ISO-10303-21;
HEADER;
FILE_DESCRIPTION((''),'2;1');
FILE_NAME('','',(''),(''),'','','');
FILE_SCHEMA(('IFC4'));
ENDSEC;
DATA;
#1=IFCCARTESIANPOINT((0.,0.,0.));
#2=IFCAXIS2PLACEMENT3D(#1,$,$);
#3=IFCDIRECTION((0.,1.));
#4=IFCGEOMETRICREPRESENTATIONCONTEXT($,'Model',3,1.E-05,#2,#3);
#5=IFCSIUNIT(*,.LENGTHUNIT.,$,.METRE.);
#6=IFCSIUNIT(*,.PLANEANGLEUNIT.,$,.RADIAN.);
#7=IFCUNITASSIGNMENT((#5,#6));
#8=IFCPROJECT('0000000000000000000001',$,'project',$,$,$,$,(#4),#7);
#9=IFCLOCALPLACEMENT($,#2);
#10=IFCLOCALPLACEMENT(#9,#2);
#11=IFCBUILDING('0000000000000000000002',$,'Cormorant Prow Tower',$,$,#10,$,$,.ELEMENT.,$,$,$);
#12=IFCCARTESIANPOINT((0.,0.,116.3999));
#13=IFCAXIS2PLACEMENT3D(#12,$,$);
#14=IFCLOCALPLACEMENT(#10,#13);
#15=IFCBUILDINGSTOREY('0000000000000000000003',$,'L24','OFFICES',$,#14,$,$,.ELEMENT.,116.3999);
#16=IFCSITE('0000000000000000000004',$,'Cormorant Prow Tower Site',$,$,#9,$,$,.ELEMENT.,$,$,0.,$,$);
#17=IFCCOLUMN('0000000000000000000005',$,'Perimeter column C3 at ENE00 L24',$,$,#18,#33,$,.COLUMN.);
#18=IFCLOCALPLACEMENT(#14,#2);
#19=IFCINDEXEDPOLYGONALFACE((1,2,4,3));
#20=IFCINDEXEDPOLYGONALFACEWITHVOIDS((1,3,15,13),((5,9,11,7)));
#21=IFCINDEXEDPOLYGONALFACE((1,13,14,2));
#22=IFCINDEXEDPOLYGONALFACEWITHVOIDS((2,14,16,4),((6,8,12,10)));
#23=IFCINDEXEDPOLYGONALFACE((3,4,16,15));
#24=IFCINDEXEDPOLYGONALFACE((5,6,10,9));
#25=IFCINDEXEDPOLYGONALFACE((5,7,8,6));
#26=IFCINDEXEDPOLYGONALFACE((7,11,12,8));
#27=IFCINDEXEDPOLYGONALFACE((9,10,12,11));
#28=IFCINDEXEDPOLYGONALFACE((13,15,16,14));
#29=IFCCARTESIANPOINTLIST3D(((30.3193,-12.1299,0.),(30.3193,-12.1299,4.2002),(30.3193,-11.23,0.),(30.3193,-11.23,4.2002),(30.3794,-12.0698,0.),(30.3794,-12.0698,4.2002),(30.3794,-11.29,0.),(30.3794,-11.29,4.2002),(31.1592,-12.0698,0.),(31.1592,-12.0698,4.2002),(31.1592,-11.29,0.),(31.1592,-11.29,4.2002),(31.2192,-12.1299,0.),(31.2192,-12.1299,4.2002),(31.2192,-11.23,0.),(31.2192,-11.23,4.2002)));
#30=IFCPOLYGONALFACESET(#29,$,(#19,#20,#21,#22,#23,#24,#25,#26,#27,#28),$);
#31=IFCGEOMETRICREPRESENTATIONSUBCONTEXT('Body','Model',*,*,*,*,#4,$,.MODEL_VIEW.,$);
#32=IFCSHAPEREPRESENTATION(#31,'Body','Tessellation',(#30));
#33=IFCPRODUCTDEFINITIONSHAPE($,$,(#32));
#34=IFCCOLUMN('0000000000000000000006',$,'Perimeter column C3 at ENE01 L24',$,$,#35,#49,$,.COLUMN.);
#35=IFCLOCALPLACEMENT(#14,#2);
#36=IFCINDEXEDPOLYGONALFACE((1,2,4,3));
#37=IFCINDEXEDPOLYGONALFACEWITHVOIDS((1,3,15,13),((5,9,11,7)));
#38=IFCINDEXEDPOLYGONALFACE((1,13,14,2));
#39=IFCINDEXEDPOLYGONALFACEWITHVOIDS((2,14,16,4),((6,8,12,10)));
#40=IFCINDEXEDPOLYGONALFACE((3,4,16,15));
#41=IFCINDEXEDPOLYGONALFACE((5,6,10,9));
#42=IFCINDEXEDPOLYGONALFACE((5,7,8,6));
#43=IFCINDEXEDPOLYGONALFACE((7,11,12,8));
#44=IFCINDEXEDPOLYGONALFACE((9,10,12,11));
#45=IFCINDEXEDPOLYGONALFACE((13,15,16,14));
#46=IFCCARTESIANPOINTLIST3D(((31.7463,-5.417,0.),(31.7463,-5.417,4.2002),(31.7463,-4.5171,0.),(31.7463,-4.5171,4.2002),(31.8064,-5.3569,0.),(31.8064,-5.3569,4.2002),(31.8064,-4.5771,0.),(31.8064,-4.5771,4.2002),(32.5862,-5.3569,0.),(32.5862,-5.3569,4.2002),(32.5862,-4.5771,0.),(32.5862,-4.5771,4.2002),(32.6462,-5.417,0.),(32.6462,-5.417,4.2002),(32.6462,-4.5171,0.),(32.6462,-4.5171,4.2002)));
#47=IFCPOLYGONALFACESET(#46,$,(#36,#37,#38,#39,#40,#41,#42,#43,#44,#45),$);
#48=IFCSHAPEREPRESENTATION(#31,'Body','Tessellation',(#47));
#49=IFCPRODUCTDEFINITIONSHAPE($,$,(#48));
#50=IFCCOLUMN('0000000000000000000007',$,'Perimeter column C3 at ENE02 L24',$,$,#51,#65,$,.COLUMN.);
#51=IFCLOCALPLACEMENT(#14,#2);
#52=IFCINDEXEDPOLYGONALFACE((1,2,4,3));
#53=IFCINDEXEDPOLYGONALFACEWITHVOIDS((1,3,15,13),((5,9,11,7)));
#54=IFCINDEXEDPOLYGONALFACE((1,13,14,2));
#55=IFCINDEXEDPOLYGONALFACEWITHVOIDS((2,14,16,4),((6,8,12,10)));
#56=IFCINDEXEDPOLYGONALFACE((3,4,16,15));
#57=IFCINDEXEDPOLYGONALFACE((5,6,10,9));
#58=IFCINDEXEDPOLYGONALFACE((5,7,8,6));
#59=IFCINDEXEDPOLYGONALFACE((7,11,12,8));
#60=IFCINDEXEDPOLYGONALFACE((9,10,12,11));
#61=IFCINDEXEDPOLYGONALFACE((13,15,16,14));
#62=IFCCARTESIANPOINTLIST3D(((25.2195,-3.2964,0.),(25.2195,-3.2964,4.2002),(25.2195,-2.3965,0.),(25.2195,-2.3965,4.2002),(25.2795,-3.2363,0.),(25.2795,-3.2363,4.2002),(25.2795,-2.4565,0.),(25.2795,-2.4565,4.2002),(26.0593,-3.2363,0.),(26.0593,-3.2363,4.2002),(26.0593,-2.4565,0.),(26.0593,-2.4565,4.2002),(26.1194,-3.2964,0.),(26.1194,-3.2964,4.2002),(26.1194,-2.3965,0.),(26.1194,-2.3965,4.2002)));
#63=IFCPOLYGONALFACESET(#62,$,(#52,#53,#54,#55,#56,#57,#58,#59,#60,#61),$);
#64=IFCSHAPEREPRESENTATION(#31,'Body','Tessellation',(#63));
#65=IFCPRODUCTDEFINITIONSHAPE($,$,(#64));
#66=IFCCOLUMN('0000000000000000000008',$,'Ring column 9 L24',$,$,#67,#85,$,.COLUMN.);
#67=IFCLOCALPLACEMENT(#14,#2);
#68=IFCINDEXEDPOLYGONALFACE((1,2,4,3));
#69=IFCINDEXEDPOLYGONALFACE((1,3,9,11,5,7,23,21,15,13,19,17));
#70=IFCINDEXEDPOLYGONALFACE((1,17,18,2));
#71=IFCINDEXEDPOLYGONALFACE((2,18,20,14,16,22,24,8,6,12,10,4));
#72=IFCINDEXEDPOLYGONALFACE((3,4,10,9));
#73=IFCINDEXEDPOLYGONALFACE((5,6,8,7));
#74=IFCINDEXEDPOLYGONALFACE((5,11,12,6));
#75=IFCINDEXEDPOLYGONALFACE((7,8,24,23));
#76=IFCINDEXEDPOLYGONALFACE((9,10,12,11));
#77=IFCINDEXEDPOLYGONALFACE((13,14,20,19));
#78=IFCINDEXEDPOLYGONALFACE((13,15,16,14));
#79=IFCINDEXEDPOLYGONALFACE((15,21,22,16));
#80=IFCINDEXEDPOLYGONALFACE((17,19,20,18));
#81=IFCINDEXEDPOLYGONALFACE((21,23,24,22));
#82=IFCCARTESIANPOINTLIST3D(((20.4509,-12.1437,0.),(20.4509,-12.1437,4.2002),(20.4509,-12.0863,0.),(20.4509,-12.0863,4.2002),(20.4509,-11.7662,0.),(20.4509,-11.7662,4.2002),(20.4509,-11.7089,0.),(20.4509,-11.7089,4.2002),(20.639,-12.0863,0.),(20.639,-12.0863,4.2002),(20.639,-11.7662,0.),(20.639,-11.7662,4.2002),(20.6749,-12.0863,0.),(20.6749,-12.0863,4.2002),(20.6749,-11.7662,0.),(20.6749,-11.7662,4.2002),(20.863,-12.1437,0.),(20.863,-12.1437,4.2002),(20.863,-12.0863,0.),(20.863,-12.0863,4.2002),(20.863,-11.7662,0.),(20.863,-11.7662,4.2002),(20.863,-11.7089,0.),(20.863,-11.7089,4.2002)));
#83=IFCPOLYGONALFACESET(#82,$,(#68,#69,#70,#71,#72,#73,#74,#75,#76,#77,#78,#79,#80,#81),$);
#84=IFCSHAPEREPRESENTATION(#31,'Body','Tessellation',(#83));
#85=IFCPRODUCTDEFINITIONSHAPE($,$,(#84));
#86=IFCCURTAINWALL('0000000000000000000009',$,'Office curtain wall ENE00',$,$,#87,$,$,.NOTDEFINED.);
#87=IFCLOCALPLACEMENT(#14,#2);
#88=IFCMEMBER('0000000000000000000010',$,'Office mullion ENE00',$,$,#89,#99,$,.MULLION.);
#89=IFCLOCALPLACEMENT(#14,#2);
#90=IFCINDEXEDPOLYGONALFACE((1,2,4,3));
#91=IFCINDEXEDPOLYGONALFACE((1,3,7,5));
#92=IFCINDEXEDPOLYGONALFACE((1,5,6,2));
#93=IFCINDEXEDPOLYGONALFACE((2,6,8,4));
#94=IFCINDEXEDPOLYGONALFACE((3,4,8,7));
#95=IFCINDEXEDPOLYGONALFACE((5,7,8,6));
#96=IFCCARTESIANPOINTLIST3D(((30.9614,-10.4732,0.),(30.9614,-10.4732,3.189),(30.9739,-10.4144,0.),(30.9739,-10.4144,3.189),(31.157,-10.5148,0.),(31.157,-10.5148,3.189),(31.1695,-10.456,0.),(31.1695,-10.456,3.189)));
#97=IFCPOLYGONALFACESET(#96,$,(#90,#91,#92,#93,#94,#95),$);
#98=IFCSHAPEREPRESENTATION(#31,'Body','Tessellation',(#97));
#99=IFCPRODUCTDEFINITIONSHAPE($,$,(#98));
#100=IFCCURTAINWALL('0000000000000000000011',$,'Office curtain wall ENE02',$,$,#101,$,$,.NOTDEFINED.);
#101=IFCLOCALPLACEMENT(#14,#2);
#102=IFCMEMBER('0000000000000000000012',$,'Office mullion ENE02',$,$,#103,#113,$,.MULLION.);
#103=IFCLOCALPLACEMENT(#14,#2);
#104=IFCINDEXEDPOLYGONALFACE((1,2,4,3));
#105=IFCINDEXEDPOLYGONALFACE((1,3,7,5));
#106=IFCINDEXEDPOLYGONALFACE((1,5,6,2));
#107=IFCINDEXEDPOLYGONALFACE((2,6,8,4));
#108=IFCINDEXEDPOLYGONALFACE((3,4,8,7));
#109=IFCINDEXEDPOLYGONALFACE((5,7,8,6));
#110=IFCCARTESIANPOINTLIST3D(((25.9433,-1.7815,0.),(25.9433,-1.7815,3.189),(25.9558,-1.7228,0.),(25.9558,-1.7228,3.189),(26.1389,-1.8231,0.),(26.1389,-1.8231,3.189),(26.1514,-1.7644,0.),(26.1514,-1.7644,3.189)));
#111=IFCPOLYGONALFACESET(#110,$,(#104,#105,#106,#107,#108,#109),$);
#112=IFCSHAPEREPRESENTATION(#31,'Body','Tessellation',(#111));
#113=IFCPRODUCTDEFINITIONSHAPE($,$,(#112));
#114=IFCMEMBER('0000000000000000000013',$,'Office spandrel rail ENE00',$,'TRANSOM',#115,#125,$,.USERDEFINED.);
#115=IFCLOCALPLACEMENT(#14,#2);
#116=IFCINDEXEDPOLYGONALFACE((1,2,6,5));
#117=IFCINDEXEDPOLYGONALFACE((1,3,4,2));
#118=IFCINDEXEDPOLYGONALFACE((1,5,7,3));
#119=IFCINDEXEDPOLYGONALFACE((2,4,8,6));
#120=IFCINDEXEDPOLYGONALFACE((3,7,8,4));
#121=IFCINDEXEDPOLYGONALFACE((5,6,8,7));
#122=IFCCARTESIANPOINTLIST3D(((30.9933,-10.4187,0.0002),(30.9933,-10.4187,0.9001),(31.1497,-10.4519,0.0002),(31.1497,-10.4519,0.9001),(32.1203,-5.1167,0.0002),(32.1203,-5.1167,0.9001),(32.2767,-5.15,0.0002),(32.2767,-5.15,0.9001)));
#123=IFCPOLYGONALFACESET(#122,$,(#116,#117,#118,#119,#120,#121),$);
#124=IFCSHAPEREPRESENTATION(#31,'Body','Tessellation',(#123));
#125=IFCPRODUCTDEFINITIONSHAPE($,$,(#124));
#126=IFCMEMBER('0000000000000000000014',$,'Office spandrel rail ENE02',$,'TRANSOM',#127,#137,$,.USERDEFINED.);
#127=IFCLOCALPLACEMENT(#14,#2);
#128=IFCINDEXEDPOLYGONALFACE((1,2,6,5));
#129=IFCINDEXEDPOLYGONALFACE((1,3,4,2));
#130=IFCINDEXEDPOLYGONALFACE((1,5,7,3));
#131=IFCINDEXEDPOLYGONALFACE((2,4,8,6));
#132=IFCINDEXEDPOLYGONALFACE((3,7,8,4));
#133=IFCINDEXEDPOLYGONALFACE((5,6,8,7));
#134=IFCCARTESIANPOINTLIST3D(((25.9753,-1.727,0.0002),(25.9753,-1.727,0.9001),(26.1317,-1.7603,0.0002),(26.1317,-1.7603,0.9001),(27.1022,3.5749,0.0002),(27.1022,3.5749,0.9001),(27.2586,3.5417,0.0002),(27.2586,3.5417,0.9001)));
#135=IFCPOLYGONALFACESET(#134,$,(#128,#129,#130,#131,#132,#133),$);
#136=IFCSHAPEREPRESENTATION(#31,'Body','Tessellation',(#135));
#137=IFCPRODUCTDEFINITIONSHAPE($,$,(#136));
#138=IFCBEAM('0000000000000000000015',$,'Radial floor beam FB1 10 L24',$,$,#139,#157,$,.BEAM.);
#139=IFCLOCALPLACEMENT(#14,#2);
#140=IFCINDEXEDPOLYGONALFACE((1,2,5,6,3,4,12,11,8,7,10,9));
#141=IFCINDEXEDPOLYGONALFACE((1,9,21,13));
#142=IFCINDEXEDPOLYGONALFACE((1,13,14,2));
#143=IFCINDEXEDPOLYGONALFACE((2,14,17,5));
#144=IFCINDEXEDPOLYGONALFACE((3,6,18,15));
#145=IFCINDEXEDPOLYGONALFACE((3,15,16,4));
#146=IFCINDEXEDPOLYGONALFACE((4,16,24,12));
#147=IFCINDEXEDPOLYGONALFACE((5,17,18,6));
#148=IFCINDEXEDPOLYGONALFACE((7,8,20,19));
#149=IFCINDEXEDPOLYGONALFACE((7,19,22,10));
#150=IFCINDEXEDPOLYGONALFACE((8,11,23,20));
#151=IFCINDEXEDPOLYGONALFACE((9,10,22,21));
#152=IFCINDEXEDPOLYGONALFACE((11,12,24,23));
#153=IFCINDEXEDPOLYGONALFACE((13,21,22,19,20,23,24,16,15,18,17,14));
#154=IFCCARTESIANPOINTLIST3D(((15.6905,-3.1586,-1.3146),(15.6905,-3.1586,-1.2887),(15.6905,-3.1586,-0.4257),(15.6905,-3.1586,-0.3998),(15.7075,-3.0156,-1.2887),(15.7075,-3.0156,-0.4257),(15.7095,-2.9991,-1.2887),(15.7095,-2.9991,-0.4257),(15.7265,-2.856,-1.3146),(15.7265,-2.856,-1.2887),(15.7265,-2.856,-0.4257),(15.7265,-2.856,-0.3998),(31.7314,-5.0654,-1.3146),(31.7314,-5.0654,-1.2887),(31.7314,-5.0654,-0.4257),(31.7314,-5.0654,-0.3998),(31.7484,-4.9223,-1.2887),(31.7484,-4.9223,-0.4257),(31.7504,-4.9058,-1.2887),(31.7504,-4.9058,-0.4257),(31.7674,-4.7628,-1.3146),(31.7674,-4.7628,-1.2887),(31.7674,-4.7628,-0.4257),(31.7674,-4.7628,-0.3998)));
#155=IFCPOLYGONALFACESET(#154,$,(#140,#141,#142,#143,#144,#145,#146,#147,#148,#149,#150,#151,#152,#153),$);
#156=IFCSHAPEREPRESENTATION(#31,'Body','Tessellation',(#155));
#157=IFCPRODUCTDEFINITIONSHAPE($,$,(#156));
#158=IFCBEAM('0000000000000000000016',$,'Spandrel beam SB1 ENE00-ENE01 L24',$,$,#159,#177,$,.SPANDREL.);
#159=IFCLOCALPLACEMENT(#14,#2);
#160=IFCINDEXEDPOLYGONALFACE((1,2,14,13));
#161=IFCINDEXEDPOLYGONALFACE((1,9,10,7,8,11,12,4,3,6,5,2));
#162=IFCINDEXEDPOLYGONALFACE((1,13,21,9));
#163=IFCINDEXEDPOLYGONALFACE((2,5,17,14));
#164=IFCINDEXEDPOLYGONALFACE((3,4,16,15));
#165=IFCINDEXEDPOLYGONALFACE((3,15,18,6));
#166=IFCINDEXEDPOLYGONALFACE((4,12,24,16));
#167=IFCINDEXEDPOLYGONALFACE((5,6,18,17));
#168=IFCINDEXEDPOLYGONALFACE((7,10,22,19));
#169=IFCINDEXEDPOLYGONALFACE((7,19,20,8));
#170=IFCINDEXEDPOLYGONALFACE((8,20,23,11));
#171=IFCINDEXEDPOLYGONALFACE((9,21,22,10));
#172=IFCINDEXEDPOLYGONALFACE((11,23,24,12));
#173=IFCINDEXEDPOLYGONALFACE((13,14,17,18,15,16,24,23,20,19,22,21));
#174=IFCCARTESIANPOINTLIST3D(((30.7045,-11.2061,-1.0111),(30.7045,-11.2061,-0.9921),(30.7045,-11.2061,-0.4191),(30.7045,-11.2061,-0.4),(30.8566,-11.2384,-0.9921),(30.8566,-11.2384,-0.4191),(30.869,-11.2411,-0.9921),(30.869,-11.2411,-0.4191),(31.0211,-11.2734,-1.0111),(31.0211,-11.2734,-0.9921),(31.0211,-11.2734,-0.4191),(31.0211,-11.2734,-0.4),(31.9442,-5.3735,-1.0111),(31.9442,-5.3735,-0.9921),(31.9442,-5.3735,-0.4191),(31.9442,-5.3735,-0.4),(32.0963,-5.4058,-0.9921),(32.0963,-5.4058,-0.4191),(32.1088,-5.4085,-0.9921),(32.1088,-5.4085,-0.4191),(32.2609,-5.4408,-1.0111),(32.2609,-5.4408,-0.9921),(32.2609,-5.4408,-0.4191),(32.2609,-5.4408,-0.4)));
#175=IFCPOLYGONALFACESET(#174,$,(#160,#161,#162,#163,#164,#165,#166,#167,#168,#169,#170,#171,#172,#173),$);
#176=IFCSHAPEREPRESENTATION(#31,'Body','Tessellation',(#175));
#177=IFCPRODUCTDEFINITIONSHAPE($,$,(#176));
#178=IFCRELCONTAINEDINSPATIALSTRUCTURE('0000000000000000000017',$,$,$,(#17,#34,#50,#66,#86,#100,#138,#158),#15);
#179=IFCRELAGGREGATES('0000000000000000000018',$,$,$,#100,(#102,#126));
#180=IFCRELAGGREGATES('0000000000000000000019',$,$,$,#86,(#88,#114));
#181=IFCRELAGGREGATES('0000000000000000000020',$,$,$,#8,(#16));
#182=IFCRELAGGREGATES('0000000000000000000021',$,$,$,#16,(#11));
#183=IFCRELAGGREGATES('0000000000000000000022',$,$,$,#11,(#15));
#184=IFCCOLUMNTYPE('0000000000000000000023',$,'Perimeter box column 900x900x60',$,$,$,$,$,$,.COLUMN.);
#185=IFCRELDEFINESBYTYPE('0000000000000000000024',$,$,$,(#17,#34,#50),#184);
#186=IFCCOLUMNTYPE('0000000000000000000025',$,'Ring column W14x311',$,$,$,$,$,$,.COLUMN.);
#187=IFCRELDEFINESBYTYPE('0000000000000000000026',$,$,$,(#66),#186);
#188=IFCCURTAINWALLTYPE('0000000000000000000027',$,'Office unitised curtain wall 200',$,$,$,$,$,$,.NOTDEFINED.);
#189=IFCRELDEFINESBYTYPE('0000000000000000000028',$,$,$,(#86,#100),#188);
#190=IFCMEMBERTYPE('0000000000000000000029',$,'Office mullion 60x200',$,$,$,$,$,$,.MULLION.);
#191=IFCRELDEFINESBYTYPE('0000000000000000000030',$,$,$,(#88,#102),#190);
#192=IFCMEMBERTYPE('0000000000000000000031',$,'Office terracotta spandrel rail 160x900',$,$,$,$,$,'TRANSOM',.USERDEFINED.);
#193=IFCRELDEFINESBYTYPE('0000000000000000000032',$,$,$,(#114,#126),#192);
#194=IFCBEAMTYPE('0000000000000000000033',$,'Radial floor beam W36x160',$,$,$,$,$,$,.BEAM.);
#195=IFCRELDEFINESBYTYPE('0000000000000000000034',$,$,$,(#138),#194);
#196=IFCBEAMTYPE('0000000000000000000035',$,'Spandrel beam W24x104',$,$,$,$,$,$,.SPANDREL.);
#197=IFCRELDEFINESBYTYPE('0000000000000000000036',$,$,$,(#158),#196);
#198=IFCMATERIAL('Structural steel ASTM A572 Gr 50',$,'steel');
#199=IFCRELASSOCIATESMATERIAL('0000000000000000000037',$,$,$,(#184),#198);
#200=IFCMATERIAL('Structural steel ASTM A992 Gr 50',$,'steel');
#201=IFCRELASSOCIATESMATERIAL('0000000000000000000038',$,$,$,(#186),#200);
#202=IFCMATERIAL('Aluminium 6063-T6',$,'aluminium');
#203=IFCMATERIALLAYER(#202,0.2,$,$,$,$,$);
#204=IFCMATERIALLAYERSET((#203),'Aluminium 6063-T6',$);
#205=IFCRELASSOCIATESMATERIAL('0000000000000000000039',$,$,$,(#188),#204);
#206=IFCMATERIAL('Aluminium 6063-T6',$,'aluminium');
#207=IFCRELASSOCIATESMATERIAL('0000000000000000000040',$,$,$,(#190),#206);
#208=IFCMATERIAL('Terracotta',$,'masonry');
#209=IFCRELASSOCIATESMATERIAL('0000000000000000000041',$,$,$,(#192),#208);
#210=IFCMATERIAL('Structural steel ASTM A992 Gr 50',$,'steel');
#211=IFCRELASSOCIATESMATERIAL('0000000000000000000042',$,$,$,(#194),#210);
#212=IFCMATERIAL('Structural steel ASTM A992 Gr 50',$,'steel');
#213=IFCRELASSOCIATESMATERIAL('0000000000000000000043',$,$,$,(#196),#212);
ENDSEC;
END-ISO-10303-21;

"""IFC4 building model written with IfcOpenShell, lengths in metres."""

from ifc_helpers import new_model, si_unit, direction, frame, origin, origin_2d, place, context, subcontext, project, spatial, rectangle, hollow_rectangle, i_section, extrude, material, layer, layer_set, material_profile, profile_set, type_object, element, aggregate, save


model = new_model("IFC4")

# Units and contexts
model_context = context("Model", 3, precision=1e-05, world=origin(), true_north=direction((0.0, 1.0)))
body_context = subcontext(model_context, "Body", "Model", "MODEL_VIEW")
ifc_project = project(units=[si_unit("LENGTHUNIT", "METRE"), si_unit("PLANEANGLEUNIT", "RADIAN")], contexts=[model_context])

# Site, building, storey
site_placement = place(None, origin())
site = spatial("IfcSite", under=ifc_project, at=site_placement, Name="Cormorant Prow Tower Site", CompositionType="ELEMENT", RefElevation=0.0)
building_placement = place(site_placement, origin())
building = spatial("IfcBuilding", under=site, at=building_placement, Name="Cormorant Prow Tower", CompositionType="ELEMENT")
storey_placement = place(building_placement, frame((0.0, 0.0, 116.3999)))
storey = spatial("IfcBuildingStorey", under=building, at=storey_placement, Name="L24", Description="OFFICES", CompositionType="ELEMENT", Elevation=116.3999)

# Columns
ifc_material_1 = material(Name="Structural steel ASTM A572 Gr 50", Category="steel")
ifc_material_profile_1 = material_profile(ifc_material_1, hollow_rectangle(XDim=0.8999, YDim=0.8999, WallThickness=0.0601, at=origin_2d()), Name="Box 900x900x60")
ifc_profile_set_1 = profile_set([ifc_material_profile_1], Name="Structural steel ASTM A572 Gr 50")
column_type_1 = type_object("IfcColumnType", Name="Perimeter box column 900x900x60", PredefinedType="COLUMN", material=ifc_profile_set_1)
for number, where, z_axis, x_axis, name in (
    (1, (30.7693, -11.6799, 0.0), (0.0, 0.0, 1.0), (1.0, 0.0, 0.0), "Perimeter column C3 at ENE00 L24"),
    (2, (32.1963, -4.967, 0.0), (0.0, 0.0, 1.0), (1.0, 0.0, 0.0), "Perimeter column C3 at ENE01 L24"),
    (3, (25.6694, -2.8464, 0.0), (0.0, 0.0, 1.0), (1.0, 0.0, 0.0), "Perimeter column C3 at ENE02 L24"),
):
    element("IfcColumn", number, at=place(storey_placement, frame(where, z_axis=z_axis, x_axis=x_axis)), inside=storey, type_object=column_type_1, Name=name, PredefinedType="COLUMN", context=body_context, shape_type="SweptSolid", body=[
        extrude(hollow_rectangle(XDim=0.8999, YDim=0.8999, WallThickness=0.0601, at=origin_2d()), origin(), (0.0, 0.0, 1.0), 4.2002),
    ])
ifc_material_2 = material(Name="Structural steel ASTM A992 Gr 50", Category="steel")
ifc_material_profile_2 = material_profile(ifc_material_2, i_section(OverallWidth=0.4121, OverallDepth=0.4348, WebThickness=0.0359, FlangeThickness=0.0574, at=origin_2d()), Name="W14x311")
ifc_profile_set_2 = profile_set([ifc_material_profile_2], Name="Structural steel ASTM A992 Gr 50")
column_type_2 = type_object("IfcColumnType", Name="Ring column W14x311", PredefinedType="COLUMN", material=ifc_profile_set_2)
column_placement = place(storey_placement, frame((20.657, -11.9263, 0.0), z_axis=(0.0, 0.0, 1.0), x_axis=(1.0, 0.0, 0.0)))
element("IfcColumn", 4, at=column_placement, inside=storey, type_object=column_type_2, Name="Ring column 9 L24", PredefinedType="COLUMN", context=body_context, shape_type="SweptSolid", body=[
    extrude(i_section(OverallWidth=0.4121, OverallDepth=0.4348, WebThickness=0.0359, FlangeThickness=0.0574, at=origin_2d()), origin(), (0.0, 0.0, 1.0), 4.2002),
])

# Curtain walls, members
ifc_material_3 = material(Name="Aluminium 6063-T6", Category="aluminium")
ifc_layer_1 = layer(ifc_material_3, 0.2)
ifc_layer_set_1 = layer_set([ifc_layer_1], Name="Aluminium 6063-T6")
curtain_wall_type = type_object("IfcCurtainWallType", Name="Office unitised curtain wall 200", PredefinedType="NOTDEFINED", material=ifc_layer_set_1)
curtain_wall_1_placement = place(storey_placement, origin())
curtain_wall_1 = element("IfcCurtainWall", 5, at=curtain_wall_1_placement, inside=storey, type_object=curtain_wall_type, Name="Office curtain wall ENE00", PredefinedType="NOTDEFINED")
ifc_material_4 = material(Name="Aluminium 6063-T6", Category="aluminium")
ifc_material_profile_3 = material_profile(ifc_material_4, rectangle(XDim=0.2, YDim=0.0601, at=origin_2d()), Name="Office mullion 60x200")
ifc_profile_set_3 = profile_set([ifc_material_profile_3], Name="Aluminium 6063-T6")
member_type_1 = type_object("IfcMemberType", Name="Office mullion 60x200", PredefinedType="MULLION", material=ifc_profile_set_3)
member_1_placement = place(storey_placement, frame((31.0654, -10.4646, 0.0), z_axis=(0.0, 0.0, 1.0), x_axis=(-0.978148, 0.207912, 0.0)))
member_1 = element("IfcMember", 6, at=member_1_placement, type_object=member_type_1, Name="Office mullion ENE00", PredefinedType="MULLION", context=body_context, shape_type="SweptSolid", body=[
    extrude(rectangle(XDim=0.2, YDim=0.0601, at=origin_2d()), origin(), (0.0, 0.0, 1.0), 3.189),
])
curtain_wall_2_placement = place(storey_placement, origin())
curtain_wall_2 = element("IfcCurtainWall", 7, at=curtain_wall_2_placement, inside=storey, type_object=curtain_wall_type, Name="Office curtain wall ENE02", PredefinedType="NOTDEFINED")
member_2_placement = place(storey_placement, frame((26.0474, -1.7729, 0.0), z_axis=(0.0, 0.0, 1.0), x_axis=(-0.978148, 0.207912, 0.0)))
member_2 = element("IfcMember", 8, at=member_2_placement, type_object=member_type_1, Name="Office mullion ENE02", PredefinedType="MULLION", context=body_context, shape_type="SweptSolid", body=[
    extrude(rectangle(XDim=0.2, YDim=0.0601, at=origin_2d()), origin(), (0.0, 0.0, 1.0), 3.189),
])

# Members
ifc_material_5 = material(Name="Terracotta", Category="masonry")
ifc_material_profile_4 = material_profile(ifc_material_5, rectangle(XDim=0.1599, YDim=0.8999, at=origin_2d()), Name="Office terracotta spandrel rail 160x900")
ifc_profile_set_4 = profile_set([ifc_material_profile_4], Name="Terracotta")
member_type_2 = type_object("IfcMemberType", Name="Office terracotta spandrel rail 160x900", ElementType="TRANSOM", PredefinedType="USERDEFINED", material=ifc_profile_set_4)
member_3_placement = place(storey_placement, frame((31.0715, -10.4353, 0.4502), z_axis=(0.207908, 0.978148, 0.0), x_axis=(-0.978148, 0.207908, 0.0)))
member_3 = element("IfcMember", 9, at=member_3_placement, type_object=member_type_2, Name="Office spandrel rail ENE00", ObjectType="TRANSOM", PredefinedType="USERDEFINED", context=body_context, shape_type="SweptSolid", body=[
    extrude(rectangle(XDim=0.1599, YDim=0.8999, at=origin_2d()), origin(), (0.0, 0.0, 1.0), 5.4204),
])
member_4_placement = place(storey_placement, frame((26.0535, -1.7437, 0.4502), z_axis=(0.207908, 0.978148, 0.0), x_axis=(-0.978148, 0.207908, 0.0)))
member_4 = element("IfcMember", 10, at=member_4_placement, type_object=member_type_2, Name="Office spandrel rail ENE02", ObjectType="TRANSOM", PredefinedType="USERDEFINED", context=body_context, shape_type="SweptSolid", body=[
    extrude(rectangle(XDim=0.1599, YDim=0.8999, at=origin_2d()), origin(), (0.0, 0.0, 1.0), 5.4204),
])
aggregate(curtain_wall_2, [member_2, member_4])

# Beams
ifc_material_6 = material(Name="Structural steel ASTM A992 Gr 50", Category="steel")
ifc_material_profile_5 = material_profile(ifc_material_6, i_section(OverallWidth=0.3047, OverallDepth=0.9148, WebThickness=0.0166, FlangeThickness=0.0259, at=origin_2d()), Name="W36x160")
ifc_profile_set_5 = profile_set([ifc_material_profile_5], Name="Structural steel ASTM A992 Gr 50")
beam_type_1 = type_object("IfcBeamType", Name="Radial floor beam W36x160", PredefinedType="BEAM", material=ifc_profile_set_5)
beam_1_placement = place(storey_placement, frame((15.7085, -3.0073, -0.8572), z_axis=(0.993009, -0.118037, 0.0), x_axis=(0.118037, 0.993009, 0.0)))
element("IfcBeam", 11, at=beam_1_placement, inside=storey, type_object=beam_type_1, Name="Radial floor beam FB1 10 L24", PredefinedType="BEAM", context=body_context, shape_type="SweptSolid", body=[
    extrude(i_section(OverallWidth=0.3047, OverallDepth=0.9148, WebThickness=0.0166, FlangeThickness=0.0259, at=origin_2d()), origin(), (0.0, 0.0, 1.0), 16.1538),
])
ifc_material_7 = material(Name="Structural steel ASTM A992 Gr 50", Category="steel")
ifc_material_profile_6 = material_profile(ifc_material_7, i_section(OverallWidth=0.3237, OverallDepth=0.6111, WebThickness=0.0127, FlangeThickness=0.019, at=origin_2d()), Name="W24x104")
ifc_profile_set_6 = profile_set([ifc_material_profile_6], Name="Structural steel ASTM A992 Gr 50")
beam_type_2 = type_object("IfcBeamType", Name="Spandrel beam W24x104", PredefinedType="SPANDREL", material=ifc_profile_set_6)
beam_2_placement = place(storey_placement, frame((30.8628, -11.2397, -0.7056), z_axis=(0.207913, 0.978147, 0.0), x_axis=(-0.978147, 0.207913, 0.0)))
element("IfcBeam", 12, at=beam_2_placement, inside=storey, type_object=beam_type_2, Name="Spandrel beam SB1 ENE00-ENE01 L24", PredefinedType="SPANDREL", context=body_context, shape_type="SweptSolid", body=[
    extrude(i_section(OverallWidth=0.3237, OverallDepth=0.6111, WebThickness=0.0127, FlangeThickness=0.019, at=origin_2d()), origin(), (0.0, 0.0, 1.0), 5.9629),
])

aggregate(curtain_wall_1, [member_1, member_3])

save(model, "model.ifc")
